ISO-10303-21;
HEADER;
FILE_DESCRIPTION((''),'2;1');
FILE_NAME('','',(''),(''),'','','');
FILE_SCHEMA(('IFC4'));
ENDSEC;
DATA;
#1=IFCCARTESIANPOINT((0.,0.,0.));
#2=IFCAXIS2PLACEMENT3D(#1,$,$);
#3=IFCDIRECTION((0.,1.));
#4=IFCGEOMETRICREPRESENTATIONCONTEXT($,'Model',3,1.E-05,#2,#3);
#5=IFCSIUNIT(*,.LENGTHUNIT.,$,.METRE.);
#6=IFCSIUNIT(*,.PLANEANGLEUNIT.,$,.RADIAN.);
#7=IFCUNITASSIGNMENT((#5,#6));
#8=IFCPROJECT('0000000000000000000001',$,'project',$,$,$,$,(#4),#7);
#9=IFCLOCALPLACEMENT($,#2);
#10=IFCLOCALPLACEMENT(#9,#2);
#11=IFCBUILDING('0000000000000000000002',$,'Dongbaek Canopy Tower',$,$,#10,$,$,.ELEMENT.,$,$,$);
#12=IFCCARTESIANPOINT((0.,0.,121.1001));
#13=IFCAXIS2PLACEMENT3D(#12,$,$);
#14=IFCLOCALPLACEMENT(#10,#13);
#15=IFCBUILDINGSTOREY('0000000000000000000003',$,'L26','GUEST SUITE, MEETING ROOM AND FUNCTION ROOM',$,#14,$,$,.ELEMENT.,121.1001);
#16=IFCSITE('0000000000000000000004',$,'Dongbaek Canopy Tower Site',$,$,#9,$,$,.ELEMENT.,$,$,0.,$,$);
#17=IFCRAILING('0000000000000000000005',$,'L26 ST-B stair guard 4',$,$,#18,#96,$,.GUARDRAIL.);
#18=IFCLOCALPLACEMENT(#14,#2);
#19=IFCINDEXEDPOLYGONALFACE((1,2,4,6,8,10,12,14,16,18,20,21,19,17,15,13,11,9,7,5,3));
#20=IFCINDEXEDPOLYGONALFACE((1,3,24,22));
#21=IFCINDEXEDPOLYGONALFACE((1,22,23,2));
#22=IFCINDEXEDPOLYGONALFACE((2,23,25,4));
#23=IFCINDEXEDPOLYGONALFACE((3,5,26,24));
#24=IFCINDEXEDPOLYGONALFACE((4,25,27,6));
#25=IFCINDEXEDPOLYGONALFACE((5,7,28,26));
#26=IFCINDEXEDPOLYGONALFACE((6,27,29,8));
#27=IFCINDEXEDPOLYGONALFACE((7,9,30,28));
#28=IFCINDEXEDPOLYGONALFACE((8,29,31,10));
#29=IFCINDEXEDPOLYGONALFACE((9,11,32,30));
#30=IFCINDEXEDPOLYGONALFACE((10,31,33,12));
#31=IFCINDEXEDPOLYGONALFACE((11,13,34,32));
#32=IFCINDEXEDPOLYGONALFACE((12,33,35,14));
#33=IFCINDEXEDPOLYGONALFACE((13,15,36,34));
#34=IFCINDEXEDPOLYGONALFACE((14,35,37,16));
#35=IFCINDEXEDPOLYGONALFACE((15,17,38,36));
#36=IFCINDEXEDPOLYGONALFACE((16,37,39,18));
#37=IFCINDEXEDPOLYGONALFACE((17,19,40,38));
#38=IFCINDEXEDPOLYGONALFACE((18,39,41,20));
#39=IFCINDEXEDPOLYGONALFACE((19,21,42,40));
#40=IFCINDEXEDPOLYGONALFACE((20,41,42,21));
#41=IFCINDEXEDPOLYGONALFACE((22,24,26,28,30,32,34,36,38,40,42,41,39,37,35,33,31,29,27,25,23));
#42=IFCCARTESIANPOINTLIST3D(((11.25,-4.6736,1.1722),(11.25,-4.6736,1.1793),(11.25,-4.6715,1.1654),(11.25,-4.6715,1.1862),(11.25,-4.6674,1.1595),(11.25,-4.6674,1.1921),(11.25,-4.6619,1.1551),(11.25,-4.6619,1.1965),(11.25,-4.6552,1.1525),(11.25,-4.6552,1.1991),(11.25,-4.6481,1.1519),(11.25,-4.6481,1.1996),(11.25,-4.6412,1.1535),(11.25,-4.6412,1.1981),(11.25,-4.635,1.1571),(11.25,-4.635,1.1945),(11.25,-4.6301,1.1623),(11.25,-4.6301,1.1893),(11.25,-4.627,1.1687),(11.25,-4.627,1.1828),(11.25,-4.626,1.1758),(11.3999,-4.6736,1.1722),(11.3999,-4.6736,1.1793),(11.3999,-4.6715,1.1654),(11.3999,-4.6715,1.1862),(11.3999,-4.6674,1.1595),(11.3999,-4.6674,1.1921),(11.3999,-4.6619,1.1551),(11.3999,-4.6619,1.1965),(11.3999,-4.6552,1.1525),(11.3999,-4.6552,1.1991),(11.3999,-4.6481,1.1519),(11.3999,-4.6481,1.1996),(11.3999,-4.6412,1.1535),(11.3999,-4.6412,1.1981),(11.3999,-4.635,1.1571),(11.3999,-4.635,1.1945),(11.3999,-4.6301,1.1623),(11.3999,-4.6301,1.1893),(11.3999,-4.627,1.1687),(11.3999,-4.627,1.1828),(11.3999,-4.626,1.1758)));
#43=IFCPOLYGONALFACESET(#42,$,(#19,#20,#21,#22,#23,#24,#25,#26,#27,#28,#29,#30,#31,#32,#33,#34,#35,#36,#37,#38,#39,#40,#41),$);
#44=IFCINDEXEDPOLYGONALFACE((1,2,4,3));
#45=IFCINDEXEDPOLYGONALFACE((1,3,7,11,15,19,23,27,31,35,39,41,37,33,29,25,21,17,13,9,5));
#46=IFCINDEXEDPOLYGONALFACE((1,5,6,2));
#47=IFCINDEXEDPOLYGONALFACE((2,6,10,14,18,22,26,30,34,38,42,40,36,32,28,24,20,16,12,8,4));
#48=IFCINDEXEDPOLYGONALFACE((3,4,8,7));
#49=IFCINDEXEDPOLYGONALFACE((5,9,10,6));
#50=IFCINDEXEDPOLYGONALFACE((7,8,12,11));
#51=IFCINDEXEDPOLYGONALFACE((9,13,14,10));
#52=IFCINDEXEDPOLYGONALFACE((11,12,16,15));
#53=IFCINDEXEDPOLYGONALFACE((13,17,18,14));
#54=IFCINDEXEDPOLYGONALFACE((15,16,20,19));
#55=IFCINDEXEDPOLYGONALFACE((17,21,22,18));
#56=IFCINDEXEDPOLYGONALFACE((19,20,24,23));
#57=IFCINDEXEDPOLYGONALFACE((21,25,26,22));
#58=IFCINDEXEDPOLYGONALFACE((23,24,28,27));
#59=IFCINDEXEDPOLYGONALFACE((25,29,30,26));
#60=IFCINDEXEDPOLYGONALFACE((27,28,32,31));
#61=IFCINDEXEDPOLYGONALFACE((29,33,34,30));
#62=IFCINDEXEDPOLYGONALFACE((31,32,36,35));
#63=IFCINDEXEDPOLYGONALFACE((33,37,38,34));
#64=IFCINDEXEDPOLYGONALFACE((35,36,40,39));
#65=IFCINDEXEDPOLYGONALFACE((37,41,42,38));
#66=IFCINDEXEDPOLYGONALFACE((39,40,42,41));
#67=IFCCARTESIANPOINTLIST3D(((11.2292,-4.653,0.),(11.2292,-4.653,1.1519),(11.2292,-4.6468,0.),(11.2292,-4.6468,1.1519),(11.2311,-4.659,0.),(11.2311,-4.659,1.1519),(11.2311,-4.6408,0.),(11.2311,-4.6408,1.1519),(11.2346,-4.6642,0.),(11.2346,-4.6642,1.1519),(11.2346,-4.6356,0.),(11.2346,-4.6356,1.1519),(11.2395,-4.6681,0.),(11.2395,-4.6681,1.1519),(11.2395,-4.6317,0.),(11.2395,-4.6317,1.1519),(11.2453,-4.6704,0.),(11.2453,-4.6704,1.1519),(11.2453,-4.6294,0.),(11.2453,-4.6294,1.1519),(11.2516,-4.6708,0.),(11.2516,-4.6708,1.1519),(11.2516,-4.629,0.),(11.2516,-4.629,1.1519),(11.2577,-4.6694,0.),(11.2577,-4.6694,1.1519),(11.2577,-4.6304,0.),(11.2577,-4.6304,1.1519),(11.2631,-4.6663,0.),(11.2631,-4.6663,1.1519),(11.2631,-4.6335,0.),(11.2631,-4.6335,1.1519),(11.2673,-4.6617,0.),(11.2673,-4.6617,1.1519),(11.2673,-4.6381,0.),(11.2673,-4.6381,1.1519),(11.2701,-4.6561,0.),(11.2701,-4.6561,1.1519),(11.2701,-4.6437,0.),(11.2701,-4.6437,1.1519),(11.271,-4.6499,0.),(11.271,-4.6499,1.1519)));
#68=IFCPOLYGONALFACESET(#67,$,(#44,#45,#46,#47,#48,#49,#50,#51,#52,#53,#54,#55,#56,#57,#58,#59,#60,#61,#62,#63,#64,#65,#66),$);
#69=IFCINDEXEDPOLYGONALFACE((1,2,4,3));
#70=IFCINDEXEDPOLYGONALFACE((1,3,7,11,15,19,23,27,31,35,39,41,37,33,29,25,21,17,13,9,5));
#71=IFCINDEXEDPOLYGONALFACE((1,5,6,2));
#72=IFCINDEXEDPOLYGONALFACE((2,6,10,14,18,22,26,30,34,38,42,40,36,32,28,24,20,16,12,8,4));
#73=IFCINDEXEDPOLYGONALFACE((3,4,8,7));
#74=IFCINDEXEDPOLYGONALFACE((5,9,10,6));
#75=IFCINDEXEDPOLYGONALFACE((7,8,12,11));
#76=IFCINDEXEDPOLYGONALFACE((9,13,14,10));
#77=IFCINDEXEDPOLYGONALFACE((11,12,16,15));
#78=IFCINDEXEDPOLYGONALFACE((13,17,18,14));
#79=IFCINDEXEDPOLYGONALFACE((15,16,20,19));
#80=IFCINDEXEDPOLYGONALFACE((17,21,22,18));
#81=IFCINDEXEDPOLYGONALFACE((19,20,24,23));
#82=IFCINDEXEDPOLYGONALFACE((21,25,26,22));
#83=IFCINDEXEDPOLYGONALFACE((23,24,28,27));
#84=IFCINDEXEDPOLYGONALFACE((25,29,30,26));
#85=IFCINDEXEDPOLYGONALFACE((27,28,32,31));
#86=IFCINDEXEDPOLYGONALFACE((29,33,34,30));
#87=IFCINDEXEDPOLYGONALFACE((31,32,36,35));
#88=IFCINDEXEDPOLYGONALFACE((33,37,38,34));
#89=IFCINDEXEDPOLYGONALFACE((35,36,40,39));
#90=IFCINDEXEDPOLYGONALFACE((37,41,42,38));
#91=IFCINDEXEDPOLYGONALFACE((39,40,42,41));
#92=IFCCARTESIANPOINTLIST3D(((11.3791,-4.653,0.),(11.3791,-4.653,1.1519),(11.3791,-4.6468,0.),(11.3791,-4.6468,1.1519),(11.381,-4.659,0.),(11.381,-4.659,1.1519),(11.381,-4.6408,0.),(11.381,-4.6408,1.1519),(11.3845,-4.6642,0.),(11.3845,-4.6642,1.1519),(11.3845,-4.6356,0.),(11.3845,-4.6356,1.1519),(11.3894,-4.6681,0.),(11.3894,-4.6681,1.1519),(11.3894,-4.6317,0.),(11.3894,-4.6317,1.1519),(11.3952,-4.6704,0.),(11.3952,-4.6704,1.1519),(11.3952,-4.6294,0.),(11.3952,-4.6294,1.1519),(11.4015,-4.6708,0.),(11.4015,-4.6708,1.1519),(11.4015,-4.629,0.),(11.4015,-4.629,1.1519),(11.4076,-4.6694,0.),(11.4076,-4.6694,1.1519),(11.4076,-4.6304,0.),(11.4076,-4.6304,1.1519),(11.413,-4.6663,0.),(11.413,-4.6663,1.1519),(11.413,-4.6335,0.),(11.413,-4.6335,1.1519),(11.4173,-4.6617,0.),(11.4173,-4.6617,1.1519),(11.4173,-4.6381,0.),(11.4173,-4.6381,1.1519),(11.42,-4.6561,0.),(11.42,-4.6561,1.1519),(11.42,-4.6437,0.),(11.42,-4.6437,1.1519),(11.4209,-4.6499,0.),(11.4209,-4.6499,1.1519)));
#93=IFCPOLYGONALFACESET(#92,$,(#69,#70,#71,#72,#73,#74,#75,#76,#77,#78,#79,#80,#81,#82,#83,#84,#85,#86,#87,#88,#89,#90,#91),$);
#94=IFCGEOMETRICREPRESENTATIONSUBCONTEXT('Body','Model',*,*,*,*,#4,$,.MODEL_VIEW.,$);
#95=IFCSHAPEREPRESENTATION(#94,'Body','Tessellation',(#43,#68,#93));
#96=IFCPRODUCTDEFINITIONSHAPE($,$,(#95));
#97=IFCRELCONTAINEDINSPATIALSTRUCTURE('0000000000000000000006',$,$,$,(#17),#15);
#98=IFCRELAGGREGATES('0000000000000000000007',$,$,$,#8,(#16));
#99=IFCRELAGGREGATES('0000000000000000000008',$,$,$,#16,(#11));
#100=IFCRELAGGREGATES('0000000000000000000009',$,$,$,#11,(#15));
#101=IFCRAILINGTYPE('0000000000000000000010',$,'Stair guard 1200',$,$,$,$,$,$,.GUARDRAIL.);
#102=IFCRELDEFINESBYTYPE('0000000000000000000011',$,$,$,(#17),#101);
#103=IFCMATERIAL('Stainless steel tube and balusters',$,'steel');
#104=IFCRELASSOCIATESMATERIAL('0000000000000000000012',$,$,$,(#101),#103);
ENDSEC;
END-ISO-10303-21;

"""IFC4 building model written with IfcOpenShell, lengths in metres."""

from ifc_helpers import new_model, si_unit, direction, frame, origin, origin_2d, place, context, subcontext, project, spatial, circle, extrude, material, type_object, element, save


model = new_model("IFC4")

# Units and contexts
model_context = context("Model", 3, precision=1e-05, world=origin(), true_north=direction((0.0, 1.0)))
body_context = subcontext(model_context, "Body", "Model", "MODEL_VIEW")
ifc_project = project(units=[si_unit("LENGTHUNIT", "METRE"), si_unit("PLANEANGLEUNIT", "RADIAN")], contexts=[model_context])

# Site, building, storey
site_placement = place(None, origin())
site = spatial("IfcSite", under=ifc_project, at=site_placement, Name="Dongbaek Canopy Tower Site", CompositionType="ELEMENT", RefElevation=0.0)
building_placement = place(site_placement, origin())
building = spatial("IfcBuilding", under=site, at=building_placement, Name="Dongbaek Canopy Tower", CompositionType="ELEMENT")
storey_placement = place(building_placement, frame((0.0, 0.0, 121.1001)))
storey = spatial("IfcBuildingStorey", under=building, at=storey_placement, Name="L26", Description="GUEST SUITE, MEETING ROOM AND FUNCTION ROOM", CompositionType="ELEMENT", Elevation=121.1001)

# Railing
ifc_material_1 = material(Name="Stainless steel tube and balusters", Category="steel")
railing_type_1 = type_object("IfcRailingType", Name="Stair guard 1200", PredefinedType="GUARDRAIL", material=ifc_material_1)
railing_1_placement = place(storey_placement, frame((11.25, -4.6499, 0.0)))
element("IfcRailing", 1, at=railing_1_placement, inside=storey, type_object=railing_type_1, Name="L26 ST-B stair guard 4", PredefinedType="GUARDRAIL", context=body_context, shape_type="SweptSolid", body=[
    extrude(circle(Radius=0.0239, at=origin_2d()), frame((0.0, 0.0, 1.1758), z_axis=(1.0, 0.0, 0.0), x_axis=(0.0, 1.0, 0.0)), (0.0, 0.0, 1.0), 0.1499),
    extrude(circle(Radius=0.021, at=origin_2d()), origin(), (0.0, 0.0, 1.0), 1.1519),
    extrude(circle(Radius=0.021, at=origin_2d()), frame((0.1499, 0.0, 0.0)), (0.0, 0.0, 1.0), 1.1519),
])

save(model, "model.ifc")
